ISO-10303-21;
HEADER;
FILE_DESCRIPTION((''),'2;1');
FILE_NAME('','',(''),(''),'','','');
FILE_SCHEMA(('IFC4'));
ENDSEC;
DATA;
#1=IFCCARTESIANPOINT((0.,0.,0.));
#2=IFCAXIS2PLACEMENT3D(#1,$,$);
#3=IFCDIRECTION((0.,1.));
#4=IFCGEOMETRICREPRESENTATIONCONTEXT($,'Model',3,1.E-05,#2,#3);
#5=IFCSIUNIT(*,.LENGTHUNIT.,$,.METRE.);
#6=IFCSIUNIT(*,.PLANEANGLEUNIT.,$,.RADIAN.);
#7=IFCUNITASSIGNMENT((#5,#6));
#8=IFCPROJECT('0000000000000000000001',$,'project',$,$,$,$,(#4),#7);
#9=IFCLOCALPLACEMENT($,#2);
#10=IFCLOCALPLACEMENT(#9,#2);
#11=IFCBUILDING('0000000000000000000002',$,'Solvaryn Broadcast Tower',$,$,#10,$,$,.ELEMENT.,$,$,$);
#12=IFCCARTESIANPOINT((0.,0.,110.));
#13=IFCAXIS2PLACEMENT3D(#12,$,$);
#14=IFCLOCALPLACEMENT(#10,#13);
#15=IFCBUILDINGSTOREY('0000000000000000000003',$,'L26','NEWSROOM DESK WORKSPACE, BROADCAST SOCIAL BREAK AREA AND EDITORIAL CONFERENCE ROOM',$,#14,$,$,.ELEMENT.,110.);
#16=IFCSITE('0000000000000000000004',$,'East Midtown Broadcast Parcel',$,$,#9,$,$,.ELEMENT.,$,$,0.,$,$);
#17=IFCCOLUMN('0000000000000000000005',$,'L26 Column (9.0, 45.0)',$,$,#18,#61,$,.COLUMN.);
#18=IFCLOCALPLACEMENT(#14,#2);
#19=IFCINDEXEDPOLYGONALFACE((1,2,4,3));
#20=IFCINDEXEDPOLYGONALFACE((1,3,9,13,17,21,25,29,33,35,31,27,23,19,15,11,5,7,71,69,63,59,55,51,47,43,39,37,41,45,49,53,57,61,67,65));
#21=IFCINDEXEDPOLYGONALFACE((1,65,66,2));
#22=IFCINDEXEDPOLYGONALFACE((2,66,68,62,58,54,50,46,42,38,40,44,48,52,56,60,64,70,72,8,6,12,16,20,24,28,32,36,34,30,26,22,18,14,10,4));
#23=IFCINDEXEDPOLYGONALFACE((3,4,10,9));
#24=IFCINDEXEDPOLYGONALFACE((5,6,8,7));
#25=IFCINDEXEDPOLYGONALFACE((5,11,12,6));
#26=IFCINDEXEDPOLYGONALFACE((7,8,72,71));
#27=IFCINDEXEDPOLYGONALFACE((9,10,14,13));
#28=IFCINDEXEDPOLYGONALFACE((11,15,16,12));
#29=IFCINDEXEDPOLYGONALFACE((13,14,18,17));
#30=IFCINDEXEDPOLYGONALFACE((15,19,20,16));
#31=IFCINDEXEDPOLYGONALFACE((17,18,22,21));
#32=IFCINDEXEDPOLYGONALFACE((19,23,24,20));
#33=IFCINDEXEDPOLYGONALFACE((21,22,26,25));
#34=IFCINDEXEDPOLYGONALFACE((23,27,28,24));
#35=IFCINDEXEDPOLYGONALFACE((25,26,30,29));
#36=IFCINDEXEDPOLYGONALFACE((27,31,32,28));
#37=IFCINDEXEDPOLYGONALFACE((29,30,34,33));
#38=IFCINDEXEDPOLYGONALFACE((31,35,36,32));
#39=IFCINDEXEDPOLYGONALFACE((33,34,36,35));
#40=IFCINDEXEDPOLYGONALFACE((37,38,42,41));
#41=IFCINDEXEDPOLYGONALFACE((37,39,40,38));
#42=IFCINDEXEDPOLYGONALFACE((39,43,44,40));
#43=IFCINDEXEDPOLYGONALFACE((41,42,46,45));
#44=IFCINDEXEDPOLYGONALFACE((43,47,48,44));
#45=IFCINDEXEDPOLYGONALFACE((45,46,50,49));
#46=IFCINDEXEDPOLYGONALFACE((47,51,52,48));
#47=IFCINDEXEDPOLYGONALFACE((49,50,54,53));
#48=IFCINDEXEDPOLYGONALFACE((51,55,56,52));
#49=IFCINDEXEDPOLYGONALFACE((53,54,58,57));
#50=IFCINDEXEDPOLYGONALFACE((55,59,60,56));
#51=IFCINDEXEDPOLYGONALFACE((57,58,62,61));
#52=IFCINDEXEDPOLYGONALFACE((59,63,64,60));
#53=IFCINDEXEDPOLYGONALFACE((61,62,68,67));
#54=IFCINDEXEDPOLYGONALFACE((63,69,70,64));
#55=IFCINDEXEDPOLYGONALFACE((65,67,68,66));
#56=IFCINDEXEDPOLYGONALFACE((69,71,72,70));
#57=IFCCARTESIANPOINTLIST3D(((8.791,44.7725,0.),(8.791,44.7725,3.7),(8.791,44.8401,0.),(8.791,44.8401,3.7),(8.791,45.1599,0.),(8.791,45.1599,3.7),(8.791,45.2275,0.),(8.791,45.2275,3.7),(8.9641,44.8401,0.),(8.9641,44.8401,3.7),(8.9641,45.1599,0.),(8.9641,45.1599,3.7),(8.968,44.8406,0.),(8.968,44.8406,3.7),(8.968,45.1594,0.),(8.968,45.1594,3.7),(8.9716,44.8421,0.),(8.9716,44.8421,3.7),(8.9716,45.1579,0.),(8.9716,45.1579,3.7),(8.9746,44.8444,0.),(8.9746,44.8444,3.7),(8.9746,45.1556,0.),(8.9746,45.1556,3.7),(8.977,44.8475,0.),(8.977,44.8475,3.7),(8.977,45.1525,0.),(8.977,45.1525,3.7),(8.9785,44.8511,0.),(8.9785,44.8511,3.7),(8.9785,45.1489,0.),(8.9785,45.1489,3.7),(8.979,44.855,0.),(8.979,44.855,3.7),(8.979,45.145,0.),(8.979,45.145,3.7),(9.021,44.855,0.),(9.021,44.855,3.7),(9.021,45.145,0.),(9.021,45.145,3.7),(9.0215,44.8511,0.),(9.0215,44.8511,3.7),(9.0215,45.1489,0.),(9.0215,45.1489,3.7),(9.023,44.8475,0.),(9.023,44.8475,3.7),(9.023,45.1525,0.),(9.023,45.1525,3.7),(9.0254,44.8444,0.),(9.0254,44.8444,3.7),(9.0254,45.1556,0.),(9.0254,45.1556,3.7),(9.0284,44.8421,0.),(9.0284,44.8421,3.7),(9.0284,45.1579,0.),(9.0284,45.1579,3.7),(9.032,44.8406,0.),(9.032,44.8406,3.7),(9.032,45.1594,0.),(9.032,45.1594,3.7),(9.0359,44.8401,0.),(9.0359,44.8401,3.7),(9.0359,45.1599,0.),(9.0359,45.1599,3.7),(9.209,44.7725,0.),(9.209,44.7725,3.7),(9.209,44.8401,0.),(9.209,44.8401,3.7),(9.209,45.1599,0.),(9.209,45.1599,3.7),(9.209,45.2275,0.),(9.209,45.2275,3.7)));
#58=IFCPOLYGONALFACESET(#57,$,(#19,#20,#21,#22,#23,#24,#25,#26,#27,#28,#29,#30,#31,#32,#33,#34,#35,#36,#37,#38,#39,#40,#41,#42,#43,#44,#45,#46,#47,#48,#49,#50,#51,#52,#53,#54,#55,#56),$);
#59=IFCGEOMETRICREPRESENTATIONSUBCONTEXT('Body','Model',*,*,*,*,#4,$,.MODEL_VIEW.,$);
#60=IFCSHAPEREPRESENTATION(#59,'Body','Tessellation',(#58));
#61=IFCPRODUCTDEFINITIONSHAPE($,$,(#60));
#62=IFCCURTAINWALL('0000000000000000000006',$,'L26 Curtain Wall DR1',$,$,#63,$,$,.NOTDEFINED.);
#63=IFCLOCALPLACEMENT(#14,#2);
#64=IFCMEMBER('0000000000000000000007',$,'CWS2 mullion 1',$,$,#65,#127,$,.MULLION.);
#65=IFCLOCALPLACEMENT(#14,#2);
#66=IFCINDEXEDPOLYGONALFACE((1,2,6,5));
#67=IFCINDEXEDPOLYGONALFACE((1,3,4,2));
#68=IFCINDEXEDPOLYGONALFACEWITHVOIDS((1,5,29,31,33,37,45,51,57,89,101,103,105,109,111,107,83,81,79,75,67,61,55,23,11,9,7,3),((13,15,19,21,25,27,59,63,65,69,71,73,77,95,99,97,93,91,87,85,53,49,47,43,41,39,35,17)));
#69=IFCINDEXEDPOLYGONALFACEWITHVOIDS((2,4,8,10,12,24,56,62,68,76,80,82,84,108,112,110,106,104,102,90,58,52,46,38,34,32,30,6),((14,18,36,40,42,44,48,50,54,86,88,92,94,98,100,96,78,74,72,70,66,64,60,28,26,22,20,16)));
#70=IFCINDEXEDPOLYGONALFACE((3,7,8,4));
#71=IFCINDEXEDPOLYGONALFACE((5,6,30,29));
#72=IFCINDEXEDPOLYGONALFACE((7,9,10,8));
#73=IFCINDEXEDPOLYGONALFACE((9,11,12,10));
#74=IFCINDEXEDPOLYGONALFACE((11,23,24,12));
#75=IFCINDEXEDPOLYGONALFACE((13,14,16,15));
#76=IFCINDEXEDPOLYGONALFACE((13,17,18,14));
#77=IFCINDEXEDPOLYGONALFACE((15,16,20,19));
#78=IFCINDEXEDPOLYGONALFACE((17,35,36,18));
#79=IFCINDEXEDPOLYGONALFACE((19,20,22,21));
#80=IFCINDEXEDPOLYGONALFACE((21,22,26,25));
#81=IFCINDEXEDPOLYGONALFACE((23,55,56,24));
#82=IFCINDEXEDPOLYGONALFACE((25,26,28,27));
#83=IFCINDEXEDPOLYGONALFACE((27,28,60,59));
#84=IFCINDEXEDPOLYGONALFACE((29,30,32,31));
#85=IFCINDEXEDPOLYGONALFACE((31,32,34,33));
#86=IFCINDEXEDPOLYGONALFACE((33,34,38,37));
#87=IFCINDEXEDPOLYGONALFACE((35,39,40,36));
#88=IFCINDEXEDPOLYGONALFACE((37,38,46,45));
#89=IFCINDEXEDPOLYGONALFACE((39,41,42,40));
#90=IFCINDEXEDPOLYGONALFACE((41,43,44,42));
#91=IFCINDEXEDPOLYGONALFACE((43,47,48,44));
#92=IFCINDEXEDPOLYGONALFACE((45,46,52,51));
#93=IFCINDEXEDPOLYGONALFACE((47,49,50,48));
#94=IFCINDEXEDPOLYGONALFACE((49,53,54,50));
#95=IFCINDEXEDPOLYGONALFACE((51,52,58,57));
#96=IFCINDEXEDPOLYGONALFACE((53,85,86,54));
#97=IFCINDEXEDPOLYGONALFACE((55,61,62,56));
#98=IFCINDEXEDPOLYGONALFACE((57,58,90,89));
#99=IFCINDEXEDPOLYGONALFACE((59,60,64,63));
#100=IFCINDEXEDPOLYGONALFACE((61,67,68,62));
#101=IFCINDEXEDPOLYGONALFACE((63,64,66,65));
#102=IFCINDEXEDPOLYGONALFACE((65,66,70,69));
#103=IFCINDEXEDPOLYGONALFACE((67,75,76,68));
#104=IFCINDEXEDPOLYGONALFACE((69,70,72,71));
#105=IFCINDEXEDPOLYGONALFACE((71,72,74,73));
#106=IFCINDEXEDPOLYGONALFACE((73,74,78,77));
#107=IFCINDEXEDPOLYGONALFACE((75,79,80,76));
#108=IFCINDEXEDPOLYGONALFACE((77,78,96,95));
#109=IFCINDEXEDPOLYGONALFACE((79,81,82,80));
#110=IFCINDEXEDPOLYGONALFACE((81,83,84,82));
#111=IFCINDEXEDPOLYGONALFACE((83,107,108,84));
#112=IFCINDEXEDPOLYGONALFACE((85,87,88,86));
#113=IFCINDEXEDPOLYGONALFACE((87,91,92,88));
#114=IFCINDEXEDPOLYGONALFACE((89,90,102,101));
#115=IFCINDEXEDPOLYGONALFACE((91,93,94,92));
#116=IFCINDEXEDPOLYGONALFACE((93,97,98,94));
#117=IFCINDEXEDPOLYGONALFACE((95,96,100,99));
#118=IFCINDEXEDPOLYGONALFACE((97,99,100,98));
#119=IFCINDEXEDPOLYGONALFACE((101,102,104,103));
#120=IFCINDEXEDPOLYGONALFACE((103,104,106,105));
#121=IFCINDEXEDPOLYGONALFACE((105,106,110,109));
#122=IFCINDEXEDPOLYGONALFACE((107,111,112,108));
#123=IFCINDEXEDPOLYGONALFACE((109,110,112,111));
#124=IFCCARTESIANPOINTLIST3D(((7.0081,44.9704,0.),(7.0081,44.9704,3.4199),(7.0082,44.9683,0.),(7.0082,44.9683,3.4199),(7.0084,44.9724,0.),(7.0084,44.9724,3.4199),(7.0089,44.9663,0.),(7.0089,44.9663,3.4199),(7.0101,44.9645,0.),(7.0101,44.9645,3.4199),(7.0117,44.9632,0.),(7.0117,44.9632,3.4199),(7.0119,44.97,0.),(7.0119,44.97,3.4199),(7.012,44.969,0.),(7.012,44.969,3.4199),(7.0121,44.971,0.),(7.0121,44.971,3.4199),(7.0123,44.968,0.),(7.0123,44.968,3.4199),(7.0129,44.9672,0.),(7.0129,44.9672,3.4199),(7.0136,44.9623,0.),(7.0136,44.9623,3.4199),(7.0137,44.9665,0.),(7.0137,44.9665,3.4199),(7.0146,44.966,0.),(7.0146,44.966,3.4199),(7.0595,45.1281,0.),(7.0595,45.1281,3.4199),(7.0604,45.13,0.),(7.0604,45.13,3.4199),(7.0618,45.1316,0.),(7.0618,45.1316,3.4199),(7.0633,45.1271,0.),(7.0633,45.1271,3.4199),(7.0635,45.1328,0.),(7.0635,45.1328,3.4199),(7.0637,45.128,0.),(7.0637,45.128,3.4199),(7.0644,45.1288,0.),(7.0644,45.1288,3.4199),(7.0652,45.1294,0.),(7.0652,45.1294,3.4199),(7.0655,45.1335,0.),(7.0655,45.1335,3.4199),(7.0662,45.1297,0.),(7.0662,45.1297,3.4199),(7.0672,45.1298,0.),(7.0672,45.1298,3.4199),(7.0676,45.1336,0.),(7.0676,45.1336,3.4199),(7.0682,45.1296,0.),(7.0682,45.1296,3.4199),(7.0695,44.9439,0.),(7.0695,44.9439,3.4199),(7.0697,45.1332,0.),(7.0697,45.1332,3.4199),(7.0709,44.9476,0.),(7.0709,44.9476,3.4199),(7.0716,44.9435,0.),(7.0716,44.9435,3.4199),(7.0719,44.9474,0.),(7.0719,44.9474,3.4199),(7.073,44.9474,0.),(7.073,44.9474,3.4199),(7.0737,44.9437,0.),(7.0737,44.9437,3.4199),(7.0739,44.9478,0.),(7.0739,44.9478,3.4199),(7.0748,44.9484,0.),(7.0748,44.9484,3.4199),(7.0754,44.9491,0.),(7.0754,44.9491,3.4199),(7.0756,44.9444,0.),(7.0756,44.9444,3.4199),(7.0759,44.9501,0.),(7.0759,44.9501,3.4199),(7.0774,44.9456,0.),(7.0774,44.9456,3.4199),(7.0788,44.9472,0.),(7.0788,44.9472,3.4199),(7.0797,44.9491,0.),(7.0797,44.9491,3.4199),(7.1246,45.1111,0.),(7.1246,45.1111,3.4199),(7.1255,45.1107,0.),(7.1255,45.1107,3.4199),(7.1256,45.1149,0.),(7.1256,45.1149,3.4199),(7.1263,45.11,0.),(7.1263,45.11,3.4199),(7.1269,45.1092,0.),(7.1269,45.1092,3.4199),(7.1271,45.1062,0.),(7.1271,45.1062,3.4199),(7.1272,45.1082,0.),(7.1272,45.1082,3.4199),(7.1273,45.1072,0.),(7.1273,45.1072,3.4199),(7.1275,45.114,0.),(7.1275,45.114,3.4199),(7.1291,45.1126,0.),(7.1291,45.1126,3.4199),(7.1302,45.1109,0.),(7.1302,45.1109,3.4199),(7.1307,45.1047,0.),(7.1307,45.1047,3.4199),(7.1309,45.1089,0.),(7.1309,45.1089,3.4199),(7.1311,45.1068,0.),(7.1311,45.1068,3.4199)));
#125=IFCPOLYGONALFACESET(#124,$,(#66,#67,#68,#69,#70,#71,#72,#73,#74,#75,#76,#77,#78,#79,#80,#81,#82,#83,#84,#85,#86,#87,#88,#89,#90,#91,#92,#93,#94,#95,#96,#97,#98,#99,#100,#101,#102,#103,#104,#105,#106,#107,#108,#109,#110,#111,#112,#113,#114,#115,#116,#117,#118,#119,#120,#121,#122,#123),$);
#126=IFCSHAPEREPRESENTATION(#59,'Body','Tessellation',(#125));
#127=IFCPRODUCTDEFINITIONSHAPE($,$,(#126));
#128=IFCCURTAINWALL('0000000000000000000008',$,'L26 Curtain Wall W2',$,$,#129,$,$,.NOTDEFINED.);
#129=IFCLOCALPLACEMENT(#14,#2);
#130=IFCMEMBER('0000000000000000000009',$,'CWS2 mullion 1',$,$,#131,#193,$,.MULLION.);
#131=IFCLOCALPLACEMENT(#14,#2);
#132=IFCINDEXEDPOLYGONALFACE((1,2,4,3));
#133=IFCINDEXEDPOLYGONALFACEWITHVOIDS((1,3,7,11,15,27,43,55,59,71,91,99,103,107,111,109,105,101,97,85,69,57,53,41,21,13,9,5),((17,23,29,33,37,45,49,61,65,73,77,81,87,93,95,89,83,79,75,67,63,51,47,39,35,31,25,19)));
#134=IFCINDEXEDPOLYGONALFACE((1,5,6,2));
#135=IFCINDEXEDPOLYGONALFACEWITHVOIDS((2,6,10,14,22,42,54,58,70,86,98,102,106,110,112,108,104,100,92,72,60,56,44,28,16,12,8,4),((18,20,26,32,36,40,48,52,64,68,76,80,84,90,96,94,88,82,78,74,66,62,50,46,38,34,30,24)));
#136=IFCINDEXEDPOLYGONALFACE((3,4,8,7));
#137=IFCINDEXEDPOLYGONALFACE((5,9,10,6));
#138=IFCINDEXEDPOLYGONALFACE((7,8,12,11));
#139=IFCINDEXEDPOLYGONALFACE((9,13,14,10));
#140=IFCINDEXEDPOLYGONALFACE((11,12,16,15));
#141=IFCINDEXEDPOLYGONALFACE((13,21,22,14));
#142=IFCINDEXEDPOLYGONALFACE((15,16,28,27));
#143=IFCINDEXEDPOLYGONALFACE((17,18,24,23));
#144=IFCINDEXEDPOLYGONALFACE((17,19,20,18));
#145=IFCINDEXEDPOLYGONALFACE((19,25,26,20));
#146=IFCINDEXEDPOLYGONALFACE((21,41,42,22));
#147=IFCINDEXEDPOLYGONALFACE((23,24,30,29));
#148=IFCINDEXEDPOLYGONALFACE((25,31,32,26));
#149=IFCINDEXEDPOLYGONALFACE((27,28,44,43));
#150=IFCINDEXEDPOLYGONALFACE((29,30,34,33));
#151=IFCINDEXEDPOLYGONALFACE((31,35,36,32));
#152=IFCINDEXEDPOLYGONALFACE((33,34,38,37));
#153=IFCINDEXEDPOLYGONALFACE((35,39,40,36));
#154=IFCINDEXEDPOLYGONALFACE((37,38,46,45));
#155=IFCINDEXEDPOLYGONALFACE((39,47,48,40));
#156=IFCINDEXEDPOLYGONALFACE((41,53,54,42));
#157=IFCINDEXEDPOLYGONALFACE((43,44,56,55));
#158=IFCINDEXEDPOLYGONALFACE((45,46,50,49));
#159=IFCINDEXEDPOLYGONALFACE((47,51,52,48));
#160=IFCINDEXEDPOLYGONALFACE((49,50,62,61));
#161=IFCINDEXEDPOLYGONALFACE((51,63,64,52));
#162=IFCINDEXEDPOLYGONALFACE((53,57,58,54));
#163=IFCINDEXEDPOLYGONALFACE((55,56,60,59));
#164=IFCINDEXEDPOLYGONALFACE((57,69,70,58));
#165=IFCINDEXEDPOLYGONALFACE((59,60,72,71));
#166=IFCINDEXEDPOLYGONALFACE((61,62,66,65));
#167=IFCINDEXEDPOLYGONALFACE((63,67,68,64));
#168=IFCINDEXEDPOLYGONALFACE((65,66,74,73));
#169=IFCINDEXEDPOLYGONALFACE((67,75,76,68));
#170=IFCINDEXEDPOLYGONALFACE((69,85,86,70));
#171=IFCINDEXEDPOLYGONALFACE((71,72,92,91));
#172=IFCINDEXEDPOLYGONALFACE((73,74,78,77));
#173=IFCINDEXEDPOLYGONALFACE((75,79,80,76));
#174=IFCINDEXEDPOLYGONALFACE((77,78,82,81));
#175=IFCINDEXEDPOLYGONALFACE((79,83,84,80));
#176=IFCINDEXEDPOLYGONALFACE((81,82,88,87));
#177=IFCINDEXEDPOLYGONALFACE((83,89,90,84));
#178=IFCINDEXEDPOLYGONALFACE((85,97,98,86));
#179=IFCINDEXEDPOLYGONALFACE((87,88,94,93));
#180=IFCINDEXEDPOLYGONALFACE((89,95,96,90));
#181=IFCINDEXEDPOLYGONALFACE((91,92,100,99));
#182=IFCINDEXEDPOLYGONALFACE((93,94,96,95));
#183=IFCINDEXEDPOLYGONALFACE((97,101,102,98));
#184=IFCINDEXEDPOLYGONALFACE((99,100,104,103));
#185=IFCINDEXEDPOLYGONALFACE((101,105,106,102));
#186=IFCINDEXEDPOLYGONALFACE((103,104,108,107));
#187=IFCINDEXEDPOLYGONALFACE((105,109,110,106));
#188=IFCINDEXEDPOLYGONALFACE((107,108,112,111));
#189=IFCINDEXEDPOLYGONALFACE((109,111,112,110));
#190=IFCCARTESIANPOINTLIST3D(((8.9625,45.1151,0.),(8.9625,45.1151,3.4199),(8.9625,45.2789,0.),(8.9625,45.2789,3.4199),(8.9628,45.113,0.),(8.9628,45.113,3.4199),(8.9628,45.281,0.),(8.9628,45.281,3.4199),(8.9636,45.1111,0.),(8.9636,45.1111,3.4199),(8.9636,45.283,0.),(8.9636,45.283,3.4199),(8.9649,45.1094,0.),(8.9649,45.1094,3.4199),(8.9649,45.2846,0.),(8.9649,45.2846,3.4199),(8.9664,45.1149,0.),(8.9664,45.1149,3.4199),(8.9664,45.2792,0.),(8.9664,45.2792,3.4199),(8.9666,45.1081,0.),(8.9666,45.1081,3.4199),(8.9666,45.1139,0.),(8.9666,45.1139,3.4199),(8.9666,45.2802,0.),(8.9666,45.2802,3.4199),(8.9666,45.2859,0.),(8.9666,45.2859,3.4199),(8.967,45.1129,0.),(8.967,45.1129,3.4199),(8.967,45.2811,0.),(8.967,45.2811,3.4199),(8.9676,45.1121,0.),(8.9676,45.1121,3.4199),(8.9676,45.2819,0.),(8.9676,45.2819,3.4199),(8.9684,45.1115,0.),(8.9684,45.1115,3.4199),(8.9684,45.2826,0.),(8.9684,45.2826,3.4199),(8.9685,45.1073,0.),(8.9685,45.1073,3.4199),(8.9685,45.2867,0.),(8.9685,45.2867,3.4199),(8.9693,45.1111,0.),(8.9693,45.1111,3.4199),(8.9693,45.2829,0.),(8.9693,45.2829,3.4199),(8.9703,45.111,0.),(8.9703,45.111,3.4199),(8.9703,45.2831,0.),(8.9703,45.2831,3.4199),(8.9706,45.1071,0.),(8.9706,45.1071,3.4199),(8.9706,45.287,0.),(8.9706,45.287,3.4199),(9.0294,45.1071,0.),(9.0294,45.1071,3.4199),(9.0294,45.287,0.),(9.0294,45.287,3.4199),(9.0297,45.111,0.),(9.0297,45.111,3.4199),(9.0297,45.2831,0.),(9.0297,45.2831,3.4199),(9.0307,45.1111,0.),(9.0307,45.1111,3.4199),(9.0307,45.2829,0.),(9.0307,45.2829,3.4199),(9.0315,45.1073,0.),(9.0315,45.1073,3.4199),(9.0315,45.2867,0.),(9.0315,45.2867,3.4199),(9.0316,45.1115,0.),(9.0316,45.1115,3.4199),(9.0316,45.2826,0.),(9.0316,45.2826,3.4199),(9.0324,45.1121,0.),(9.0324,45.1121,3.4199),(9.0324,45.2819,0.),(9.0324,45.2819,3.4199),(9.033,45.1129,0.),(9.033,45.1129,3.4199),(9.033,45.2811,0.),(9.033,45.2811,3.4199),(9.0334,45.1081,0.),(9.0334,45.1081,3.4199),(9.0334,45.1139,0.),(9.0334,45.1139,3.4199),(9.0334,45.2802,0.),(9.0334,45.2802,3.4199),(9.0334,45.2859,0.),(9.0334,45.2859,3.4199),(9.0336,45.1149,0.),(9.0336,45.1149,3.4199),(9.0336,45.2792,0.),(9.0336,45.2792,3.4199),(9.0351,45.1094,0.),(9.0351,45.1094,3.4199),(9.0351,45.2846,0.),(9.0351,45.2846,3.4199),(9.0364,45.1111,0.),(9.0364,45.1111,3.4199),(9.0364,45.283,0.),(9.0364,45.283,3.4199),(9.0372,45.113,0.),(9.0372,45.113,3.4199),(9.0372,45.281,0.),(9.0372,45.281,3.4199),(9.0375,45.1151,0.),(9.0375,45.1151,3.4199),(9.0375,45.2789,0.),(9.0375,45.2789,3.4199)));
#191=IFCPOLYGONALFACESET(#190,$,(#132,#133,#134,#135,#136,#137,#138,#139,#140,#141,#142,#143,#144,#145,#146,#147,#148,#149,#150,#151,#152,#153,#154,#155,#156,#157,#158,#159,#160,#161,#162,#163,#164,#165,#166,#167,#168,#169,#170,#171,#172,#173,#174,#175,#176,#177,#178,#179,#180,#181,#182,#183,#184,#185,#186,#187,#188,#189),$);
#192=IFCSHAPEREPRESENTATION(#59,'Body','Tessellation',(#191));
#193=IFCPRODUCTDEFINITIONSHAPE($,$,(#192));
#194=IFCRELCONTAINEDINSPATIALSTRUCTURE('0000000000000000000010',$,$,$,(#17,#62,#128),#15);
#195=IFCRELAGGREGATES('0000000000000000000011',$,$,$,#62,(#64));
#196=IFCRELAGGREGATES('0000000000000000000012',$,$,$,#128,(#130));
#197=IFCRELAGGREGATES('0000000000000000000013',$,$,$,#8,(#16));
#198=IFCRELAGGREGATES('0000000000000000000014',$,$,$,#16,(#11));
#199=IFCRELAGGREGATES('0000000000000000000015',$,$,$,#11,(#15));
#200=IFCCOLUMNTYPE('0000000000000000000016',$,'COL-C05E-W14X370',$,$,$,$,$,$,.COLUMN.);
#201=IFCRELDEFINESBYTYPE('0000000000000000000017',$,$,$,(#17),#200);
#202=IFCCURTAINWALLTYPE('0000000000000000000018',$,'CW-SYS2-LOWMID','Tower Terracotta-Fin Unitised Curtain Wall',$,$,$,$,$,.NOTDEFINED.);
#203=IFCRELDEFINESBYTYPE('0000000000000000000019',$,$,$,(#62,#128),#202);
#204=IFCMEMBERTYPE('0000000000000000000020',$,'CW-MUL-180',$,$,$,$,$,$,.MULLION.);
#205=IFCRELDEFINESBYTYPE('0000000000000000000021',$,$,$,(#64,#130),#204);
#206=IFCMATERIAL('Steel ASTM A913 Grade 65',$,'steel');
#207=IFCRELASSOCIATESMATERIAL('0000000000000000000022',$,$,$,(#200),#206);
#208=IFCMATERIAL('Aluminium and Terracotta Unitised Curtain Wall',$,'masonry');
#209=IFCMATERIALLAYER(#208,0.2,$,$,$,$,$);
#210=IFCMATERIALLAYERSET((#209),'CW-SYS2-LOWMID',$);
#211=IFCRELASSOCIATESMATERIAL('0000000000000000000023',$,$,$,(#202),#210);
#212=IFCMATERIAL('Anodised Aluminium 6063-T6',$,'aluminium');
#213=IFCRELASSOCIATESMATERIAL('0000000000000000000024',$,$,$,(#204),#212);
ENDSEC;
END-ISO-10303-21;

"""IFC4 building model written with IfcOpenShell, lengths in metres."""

from ifc_helpers import new_model, si_unit, direction, frame, origin, origin_2d, place, context, subcontext, project, spatial, hollow_rectangle, i_section, extrude, material, layer, layer_set, material_profile, profile_set, type_object, element, aggregate, save


model = new_model("IFC4")

# Units and contexts
model_context = context("Model", 3, precision=1e-05, world=origin(), true_north=direction((0.0, 1.0)))
body_context = subcontext(model_context, "Body", "Model", "MODEL_VIEW")
ifc_project = project(units=[si_unit("LENGTHUNIT", "METRE"), si_unit("PLANEANGLEUNIT", "RADIAN")], contexts=[model_context])

# Site, building, storey
site_placement = place(None, origin())
site = spatial("IfcSite", under=ifc_project, at=site_placement, Name="East Midtown Broadcast Parcel", CompositionType="ELEMENT", RefElevation=0.0)
building_placement = place(site_placement, origin())
building = spatial("IfcBuilding", under=site, at=building_placement, Name="Solvaryn Broadcast Tower", CompositionType="ELEMENT")
storey_placement = place(building_placement, frame((0.0, 0.0, 110.0)))
storey = spatial("IfcBuildingStorey", under=building, at=storey_placement, Name="L26", Description="NEWSROOM DESK WORKSPACE, BROADCAST SOCIAL BREAK AREA AND EDITORIAL CONFERENCE ROOM", CompositionType="ELEMENT", Elevation=110.0)

# Column
ifc_material_1 = material(Name="Steel ASTM A913 Grade 65", Category="steel")
ifc_material_profile_1 = material_profile(ifc_material_1, i_section(OverallWidth=0.418, OverallDepth=0.4551, WebThickness=0.042, FlangeThickness=0.0676, FilletRadius=0.0149, at=origin_2d()))
ifc_profile_set_1 = profile_set([ifc_material_profile_1], Name="Steel ASTM A913 Grade 65")
column_type = type_object("IfcColumnType", Name="COL-C05E-W14X370", PredefinedType="COLUMN", material=ifc_profile_set_1)
column_placement = place(storey_placement, frame((9.0, 45.0, 0.0), z_axis=(0.0, 0.0, 1.0), x_axis=(1.0, 0.0, 0.0)))
element("IfcColumn", 1, at=column_placement, inside=storey, type_object=column_type, Name="L26 Column (9.0, 45.0)", PredefinedType="COLUMN", context=body_context, shape_type="SweptSolid", body=[
    extrude(i_section(OverallWidth=0.418, OverallDepth=0.4551, WebThickness=0.042, FlangeThickness=0.0676, FilletRadius=0.0149, at=origin_2d()), origin(), (0.0, 0.0, 1.0), 3.7),
])

# Curtain wall, member
ifc_material_2 = material(Name="Aluminium and Terracotta Unitised Curtain Wall", Category="masonry")
ifc_layer_1 = layer(ifc_material_2, 0.2)
ifc_layer_set_1 = layer_set([ifc_layer_1], Name="CW-SYS2-LOWMID")
curtain_wall_type = type_object("IfcCurtainWallType", Name="CW-SYS2-LOWMID", Description="Tower Terracotta-Fin Unitised Curtain Wall", PredefinedType="NOTDEFINED", material=ifc_layer_set_1)
curtain_wall_1_placement = place(storey_placement, origin())
curtain_wall_1 = element("IfcCurtainWall", 2, at=curtain_wall_1_placement, inside=storey, type_object=curtain_wall_type, Name="L26 Curtain Wall DR1", PredefinedType="NOTDEFINED")
ifc_material_3 = material(Name="Anodised Aluminium 6063-T6", Category="aluminium")
ifc_material_profile_2 = material_profile(ifc_material_3, hollow_rectangle(XDim=0.075, YDim=0.1799, WallThickness=0.0039, InnerFilletRadius=0.0039, OuterFilletRadius=0.0081, at=origin_2d()))
ifc_profile_set_2 = profile_set([ifc_material_profile_2], Name="Anodised Aluminium 6063-T6")
member_type_1 = type_object("IfcMemberType", Name="CW-MUL-180", PredefinedType="MULLION", material=ifc_profile_set_2)
member_1_placement = place(storey_placement, frame((7.0696, 45.0386, 0.0), z_axis=(0.0, 0.0, 1.0), x_axis=(0.950198, -0.311646, 0.0)))
member_1 = element("IfcMember", 3, at=member_1_placement, type_object=member_type_1, Name="CWS2 mullion 1", PredefinedType="MULLION", context=body_context, shape_type="SweptSolid", body=[
    extrude(hollow_rectangle(XDim=0.075, YDim=0.1799, WallThickness=0.0039, InnerFilletRadius=0.0039, OuterFilletRadius=0.0081, at=origin_2d()), origin(), (0.0, 0.0, 1.0), 3.4199),
])

# Curtain wall, member
curtain_wall_2_placement = place(storey_placement, origin())
curtain_wall_2 = element("IfcCurtainWall", 4, at=curtain_wall_2_placement, inside=storey, type_object=curtain_wall_type, Name="L26 Curtain Wall W2", PredefinedType="NOTDEFINED")
member_2_placement = place(storey_placement, frame((9.0, 45.197, 0.0), z_axis=(0.0, 0.0, 1.0), x_axis=(-1.0, 0.0, 0.0)))
member_2 = element("IfcMember", 5, at=member_2_placement, type_object=member_type_1, Name="CWS2 mullion 1", PredefinedType="MULLION", context=body_context, shape_type="SweptSolid", body=[
    extrude(hollow_rectangle(XDim=0.075, YDim=0.1799, WallThickness=0.0039, InnerFilletRadius=0.0039, OuterFilletRadius=0.0081, at=origin_2d()), origin(), (0.0, 0.0, 1.0), 3.4199),
])

aggregate(curtain_wall_1, [member_1])

aggregate(curtain_wall_2, [member_2])

save(model, "model.ifc")
